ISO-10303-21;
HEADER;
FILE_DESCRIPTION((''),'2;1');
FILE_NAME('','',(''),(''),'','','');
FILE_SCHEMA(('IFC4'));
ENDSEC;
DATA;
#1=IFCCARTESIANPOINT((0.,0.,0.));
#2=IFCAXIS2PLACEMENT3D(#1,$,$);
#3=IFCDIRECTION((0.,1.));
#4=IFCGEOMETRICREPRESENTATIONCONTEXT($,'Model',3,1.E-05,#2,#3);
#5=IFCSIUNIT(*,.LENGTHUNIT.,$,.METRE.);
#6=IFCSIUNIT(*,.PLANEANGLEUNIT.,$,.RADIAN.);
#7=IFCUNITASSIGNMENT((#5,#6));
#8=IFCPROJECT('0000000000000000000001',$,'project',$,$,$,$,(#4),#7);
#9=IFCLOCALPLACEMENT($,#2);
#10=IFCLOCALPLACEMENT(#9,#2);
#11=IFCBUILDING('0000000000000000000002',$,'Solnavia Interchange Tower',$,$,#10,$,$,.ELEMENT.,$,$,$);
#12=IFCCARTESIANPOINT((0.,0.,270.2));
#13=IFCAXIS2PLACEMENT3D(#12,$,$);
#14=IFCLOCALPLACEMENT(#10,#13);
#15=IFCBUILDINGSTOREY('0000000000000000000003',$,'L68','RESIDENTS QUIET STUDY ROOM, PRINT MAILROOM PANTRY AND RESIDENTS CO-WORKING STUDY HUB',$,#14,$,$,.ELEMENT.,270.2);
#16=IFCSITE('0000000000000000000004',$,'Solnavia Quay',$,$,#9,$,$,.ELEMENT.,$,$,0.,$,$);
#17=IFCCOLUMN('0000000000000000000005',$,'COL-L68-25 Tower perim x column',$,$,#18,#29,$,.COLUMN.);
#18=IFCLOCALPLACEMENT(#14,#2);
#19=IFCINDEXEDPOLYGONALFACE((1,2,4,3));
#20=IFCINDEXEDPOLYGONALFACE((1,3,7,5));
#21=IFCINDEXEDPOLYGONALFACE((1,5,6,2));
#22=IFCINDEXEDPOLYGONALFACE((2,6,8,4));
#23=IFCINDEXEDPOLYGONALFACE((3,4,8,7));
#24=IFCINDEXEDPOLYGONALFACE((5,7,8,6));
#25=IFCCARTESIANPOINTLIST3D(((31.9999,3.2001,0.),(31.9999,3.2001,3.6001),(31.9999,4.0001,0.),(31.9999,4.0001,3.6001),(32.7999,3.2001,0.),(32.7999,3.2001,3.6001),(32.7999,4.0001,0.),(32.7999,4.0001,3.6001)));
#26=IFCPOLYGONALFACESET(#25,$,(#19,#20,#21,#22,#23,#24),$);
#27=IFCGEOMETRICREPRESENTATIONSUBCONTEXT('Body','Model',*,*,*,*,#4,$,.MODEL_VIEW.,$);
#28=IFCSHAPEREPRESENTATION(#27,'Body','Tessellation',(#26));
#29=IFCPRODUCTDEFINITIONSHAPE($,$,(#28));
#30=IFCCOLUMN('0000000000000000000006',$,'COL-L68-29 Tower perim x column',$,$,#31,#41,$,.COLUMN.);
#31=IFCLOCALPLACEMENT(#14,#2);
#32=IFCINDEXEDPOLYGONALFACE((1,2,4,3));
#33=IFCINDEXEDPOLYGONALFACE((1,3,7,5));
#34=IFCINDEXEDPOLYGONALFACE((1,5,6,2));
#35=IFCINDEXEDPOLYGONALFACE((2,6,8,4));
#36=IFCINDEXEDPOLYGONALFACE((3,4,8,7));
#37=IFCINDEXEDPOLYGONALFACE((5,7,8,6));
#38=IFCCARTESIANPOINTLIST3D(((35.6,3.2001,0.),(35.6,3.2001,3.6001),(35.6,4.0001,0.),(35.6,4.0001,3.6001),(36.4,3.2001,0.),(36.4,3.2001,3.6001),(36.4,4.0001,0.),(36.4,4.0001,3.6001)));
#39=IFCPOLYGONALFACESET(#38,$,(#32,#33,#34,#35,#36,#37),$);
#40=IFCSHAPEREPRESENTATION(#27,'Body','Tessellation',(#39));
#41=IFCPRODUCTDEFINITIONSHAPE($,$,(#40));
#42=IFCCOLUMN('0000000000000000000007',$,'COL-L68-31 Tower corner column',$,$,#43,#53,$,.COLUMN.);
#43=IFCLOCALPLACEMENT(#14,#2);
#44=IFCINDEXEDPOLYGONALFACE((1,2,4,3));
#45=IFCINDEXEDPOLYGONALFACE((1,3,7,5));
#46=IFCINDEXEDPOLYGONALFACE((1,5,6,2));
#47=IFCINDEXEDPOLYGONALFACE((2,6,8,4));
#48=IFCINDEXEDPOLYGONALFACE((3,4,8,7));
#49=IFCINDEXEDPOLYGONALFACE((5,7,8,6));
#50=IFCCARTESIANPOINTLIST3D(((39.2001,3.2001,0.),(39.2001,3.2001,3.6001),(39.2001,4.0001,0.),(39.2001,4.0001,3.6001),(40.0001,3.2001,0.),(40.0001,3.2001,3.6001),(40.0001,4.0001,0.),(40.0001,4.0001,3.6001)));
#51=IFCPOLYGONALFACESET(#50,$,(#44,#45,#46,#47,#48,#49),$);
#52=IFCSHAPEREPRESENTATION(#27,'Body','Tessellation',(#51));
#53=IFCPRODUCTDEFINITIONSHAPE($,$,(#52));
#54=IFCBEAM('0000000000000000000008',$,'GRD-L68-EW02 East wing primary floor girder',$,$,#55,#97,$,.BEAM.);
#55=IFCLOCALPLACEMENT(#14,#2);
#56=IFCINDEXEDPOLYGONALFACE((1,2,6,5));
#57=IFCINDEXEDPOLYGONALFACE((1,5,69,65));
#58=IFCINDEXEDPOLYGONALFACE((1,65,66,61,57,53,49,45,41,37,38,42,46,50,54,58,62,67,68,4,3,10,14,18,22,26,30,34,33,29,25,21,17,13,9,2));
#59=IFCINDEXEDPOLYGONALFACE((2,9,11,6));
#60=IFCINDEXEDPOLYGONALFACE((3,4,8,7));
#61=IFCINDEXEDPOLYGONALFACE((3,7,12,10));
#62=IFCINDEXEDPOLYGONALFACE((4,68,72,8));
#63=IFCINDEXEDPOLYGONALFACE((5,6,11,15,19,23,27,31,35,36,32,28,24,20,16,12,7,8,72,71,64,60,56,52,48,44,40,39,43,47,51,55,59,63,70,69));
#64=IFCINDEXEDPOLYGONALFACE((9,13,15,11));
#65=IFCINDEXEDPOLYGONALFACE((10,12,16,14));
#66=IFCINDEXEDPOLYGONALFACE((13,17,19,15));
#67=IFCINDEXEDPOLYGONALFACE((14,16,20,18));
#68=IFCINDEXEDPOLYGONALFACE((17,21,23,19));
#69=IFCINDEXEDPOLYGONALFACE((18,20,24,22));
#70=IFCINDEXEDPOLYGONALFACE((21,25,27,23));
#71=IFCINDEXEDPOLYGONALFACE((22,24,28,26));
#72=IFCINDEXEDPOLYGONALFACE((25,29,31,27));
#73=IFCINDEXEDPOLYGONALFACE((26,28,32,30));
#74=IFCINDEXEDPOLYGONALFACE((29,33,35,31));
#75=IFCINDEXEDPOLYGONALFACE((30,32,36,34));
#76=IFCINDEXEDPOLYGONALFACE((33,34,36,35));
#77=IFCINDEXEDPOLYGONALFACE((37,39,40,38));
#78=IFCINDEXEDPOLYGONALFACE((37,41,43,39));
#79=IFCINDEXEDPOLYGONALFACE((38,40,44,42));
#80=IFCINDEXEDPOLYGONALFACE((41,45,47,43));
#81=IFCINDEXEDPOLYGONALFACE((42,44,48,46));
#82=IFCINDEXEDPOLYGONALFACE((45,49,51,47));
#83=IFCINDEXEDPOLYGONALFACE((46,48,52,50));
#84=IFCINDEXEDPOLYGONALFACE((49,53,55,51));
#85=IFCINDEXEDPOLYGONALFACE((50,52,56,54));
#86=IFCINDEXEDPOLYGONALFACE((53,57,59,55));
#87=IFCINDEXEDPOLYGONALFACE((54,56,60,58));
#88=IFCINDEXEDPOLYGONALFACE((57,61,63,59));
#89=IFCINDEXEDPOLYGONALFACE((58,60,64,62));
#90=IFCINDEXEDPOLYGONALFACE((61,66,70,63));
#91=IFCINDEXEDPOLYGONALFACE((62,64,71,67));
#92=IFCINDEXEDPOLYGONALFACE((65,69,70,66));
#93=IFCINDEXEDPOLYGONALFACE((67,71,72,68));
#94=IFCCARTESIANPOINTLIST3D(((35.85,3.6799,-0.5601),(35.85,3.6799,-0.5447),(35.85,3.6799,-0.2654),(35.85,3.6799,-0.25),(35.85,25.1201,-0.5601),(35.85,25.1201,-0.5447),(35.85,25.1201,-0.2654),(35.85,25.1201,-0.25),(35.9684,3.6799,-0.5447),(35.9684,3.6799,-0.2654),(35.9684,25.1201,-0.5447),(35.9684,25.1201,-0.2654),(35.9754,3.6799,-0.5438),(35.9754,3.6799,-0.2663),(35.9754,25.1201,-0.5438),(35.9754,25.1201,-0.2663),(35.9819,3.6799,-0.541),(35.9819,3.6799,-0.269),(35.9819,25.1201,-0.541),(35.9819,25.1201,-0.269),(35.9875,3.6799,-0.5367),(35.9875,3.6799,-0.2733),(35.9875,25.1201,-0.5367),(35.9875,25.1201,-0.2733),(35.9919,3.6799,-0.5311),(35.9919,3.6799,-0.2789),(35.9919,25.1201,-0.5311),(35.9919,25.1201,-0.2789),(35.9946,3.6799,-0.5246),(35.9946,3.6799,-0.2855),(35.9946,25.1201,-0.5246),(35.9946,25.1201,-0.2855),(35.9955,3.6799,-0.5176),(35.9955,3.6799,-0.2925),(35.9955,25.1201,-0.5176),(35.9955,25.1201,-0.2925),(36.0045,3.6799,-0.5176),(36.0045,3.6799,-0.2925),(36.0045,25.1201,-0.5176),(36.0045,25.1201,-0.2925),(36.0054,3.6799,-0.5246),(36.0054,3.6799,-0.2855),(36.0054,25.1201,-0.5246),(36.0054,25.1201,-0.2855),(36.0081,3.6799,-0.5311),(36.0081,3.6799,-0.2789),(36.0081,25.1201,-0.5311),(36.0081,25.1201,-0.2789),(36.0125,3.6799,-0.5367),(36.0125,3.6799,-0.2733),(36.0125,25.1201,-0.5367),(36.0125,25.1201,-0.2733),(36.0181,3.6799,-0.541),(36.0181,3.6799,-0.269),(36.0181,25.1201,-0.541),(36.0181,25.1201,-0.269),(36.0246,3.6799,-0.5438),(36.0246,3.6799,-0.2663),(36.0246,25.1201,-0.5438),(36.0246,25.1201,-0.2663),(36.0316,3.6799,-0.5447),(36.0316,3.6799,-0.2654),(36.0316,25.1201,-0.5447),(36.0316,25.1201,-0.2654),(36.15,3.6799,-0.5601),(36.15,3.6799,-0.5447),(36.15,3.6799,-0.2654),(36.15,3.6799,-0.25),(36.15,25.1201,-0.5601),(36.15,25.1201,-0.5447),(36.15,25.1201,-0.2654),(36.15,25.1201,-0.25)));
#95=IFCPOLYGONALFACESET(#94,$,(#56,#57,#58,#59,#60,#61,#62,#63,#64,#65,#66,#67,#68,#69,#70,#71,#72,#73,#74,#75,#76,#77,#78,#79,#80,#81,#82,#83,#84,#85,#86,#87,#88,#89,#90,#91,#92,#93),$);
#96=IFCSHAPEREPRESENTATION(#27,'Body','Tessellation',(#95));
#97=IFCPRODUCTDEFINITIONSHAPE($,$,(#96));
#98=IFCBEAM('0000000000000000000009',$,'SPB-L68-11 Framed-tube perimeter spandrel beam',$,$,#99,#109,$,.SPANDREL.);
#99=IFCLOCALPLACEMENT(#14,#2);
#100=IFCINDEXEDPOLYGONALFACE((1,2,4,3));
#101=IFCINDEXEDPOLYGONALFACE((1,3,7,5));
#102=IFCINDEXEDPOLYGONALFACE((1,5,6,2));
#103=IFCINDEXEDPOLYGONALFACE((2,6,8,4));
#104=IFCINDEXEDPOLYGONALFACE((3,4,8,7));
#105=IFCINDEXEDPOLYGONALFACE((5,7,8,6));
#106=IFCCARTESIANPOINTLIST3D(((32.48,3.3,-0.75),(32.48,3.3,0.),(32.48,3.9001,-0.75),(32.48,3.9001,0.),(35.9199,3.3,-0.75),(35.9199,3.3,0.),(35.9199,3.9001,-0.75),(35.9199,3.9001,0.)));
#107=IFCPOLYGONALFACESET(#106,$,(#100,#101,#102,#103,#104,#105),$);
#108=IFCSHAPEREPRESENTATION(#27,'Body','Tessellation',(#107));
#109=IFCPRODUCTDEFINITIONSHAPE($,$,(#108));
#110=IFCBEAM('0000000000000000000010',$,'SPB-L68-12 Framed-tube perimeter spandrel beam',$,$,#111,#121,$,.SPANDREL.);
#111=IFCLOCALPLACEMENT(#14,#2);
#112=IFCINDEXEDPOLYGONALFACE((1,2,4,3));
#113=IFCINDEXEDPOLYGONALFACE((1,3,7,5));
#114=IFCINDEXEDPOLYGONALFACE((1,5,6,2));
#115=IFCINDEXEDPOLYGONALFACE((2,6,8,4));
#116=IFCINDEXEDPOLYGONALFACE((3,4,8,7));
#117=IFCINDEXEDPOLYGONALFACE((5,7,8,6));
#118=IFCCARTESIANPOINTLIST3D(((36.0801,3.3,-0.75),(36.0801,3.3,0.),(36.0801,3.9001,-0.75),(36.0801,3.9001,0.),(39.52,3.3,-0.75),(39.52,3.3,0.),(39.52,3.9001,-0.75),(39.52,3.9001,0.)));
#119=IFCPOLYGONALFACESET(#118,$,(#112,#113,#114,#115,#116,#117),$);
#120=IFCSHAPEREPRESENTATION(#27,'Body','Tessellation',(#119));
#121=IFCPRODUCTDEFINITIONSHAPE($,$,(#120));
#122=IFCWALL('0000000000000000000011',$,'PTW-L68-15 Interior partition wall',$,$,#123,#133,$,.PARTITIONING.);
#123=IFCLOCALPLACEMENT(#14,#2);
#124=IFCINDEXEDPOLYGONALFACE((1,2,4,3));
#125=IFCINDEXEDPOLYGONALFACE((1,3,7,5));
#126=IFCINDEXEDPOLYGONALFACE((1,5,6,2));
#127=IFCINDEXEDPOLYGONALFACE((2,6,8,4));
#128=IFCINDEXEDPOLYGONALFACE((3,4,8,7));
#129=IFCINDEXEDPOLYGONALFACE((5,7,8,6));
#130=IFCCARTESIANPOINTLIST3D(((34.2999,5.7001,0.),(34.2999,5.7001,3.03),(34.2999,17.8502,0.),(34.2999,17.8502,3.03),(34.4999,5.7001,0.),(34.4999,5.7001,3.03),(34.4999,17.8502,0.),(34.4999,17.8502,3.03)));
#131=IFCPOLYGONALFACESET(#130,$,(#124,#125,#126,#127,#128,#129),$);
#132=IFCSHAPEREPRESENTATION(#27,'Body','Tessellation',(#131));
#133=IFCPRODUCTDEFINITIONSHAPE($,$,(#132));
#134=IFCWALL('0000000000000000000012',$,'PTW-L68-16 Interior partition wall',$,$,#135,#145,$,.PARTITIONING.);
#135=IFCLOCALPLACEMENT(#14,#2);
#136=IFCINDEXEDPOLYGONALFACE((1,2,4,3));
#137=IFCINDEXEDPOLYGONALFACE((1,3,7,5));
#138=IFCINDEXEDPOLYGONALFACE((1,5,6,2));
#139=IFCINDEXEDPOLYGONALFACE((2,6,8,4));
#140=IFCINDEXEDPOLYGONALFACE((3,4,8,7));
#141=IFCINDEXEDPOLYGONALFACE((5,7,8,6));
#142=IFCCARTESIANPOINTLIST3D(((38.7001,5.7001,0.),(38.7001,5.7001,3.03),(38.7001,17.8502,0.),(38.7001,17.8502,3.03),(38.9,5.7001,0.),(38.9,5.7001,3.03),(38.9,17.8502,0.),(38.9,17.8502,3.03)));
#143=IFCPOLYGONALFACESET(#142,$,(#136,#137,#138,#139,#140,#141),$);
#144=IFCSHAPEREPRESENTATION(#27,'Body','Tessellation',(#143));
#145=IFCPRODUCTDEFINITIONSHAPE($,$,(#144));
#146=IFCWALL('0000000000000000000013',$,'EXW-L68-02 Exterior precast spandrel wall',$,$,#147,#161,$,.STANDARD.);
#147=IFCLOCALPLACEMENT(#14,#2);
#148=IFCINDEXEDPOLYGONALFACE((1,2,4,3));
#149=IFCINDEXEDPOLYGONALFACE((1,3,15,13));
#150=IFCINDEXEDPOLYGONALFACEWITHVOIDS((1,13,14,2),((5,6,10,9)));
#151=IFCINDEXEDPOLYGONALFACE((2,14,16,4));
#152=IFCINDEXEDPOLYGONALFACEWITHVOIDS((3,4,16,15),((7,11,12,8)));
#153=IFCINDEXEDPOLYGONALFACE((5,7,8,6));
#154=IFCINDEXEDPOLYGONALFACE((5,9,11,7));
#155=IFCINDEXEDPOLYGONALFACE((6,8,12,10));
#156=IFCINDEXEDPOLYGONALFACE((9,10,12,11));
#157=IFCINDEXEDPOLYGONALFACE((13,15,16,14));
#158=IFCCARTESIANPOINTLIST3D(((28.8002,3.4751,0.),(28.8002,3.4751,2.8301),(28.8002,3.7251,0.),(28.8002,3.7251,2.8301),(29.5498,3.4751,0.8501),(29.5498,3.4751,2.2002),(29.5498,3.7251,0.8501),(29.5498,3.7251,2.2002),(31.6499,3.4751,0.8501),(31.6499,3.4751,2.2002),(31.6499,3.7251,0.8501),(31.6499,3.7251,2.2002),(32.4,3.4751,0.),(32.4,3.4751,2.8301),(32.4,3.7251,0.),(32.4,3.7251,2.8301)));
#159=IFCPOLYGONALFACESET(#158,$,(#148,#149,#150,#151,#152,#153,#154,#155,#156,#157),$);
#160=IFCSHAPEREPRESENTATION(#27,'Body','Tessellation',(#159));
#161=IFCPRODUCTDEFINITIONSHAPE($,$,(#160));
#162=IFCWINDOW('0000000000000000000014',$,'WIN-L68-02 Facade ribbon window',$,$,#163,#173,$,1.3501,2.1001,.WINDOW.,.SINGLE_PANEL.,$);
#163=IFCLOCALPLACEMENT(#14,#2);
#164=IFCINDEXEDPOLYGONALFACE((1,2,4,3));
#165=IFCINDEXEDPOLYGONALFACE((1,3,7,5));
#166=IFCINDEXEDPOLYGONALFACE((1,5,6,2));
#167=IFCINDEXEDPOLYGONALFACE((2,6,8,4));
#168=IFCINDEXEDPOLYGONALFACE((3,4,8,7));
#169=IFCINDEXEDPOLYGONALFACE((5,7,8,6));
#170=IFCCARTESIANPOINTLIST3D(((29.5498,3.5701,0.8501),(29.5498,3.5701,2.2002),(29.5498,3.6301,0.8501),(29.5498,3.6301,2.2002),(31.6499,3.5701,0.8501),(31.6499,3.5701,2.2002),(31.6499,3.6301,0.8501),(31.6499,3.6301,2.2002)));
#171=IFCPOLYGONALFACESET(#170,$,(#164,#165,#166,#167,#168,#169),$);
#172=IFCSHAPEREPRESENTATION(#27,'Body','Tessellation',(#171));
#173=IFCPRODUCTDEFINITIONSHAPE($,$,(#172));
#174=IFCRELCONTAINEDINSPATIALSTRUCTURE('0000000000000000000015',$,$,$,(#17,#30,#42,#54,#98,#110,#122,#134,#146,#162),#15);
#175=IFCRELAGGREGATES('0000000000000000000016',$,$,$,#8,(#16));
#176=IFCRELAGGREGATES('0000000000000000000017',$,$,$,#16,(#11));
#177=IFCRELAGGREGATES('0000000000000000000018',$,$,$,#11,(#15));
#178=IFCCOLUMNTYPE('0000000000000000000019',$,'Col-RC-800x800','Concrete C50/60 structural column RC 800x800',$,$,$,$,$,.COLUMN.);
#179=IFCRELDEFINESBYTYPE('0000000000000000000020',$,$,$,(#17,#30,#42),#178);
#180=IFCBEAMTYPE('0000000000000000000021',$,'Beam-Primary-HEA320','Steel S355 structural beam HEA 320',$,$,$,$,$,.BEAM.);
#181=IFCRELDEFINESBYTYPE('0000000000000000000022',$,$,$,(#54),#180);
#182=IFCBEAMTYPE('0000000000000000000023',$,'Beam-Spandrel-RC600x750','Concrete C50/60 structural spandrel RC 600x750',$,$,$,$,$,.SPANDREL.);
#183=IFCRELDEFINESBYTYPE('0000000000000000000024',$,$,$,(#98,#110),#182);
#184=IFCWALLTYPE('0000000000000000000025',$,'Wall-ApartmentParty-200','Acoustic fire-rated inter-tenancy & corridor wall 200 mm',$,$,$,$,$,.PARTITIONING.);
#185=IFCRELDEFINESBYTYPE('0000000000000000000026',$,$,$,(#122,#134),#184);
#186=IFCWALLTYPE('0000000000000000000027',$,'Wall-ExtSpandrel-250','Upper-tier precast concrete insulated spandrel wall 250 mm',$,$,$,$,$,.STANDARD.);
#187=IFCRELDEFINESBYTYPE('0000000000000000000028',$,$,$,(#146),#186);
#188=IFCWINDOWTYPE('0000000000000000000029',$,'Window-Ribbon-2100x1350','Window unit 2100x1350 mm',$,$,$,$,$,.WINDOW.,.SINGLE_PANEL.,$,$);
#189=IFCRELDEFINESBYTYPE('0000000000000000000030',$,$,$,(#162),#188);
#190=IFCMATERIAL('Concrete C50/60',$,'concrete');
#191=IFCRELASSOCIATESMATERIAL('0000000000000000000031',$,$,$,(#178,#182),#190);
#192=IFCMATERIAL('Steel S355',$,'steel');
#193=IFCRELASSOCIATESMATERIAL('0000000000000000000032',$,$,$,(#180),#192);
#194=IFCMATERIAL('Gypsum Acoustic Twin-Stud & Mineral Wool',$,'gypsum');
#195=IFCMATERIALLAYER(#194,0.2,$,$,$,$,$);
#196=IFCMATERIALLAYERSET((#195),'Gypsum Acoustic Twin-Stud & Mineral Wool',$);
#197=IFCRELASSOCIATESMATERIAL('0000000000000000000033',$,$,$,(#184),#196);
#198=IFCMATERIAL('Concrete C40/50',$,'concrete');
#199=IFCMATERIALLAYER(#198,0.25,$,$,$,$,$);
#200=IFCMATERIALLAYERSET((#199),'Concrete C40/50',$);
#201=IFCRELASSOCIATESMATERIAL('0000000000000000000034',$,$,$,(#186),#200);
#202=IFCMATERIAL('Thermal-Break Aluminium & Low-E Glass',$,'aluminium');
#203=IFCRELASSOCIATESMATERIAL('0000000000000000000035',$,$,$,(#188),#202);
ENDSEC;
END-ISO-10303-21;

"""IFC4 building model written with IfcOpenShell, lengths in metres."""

from ifc_helpers import new_model, si_unit, direction, frame, frame_2d, origin, origin_2d, place, context, subcontext, project, spatial, rectangle, i_section, extrude, material, layer, layer_set, material_profile, profile_set, type_object, element, fill, save


model = new_model("IFC4")

# Units and contexts
model_context = context("Model", 3, precision=1e-05, world=origin(), true_north=direction((0.0, 1.0)))
body_context = subcontext(model_context, "Body", "Model", "MODEL_VIEW")
ifc_project = project(units=[si_unit("LENGTHUNIT", "METRE"), si_unit("PLANEANGLEUNIT", "RADIAN")], contexts=[model_context])

# Site, building, storey
site_placement = place(None, origin())
site = spatial("IfcSite", under=ifc_project, at=site_placement, Name="Solnavia Quay", CompositionType="ELEMENT", RefElevation=0.0)
building_placement = place(site_placement, origin())
building = spatial("IfcBuilding", under=site, at=building_placement, Name="Solnavia Interchange Tower", CompositionType="ELEMENT")
storey_placement = place(building_placement, frame((0.0, 0.0, 270.2)))
storey = spatial("IfcBuildingStorey", under=building, at=storey_placement, Name="L68", Description="RESIDENTS QUIET STUDY ROOM, PRINT MAILROOM PANTRY AND RESIDENTS CO-WORKING STUDY HUB", CompositionType="ELEMENT", Elevation=270.2)

# Columns
ifc_material_1 = material(Name="Concrete C50/60", Category="concrete")
ifc_material_profile_1 = material_profile(ifc_material_1, rectangle(XDim=0.8, YDim=0.8, at=origin_2d()), Name="RC 800x800")
ifc_profile_set_1 = profile_set([ifc_material_profile_1], Name="Concrete C50/60")
column_type = type_object("IfcColumnType", Name="Col-RC-800x800", Description="Concrete C50/60 structural column RC 800x800", PredefinedType="COLUMN", material=ifc_profile_set_1)
for number, where, z_axis, x_axis, name in (
    (1, (32.3999, 3.6001, 0.0), (0.0, 0.0, 1.0), (1.0, 0.0, 0.0), "COL-L68-25 Tower perim x column"),
    (2, (36.0, 3.6001, 0.0), (0.0, 0.0, 1.0), (1.0, 0.0, 0.0), "COL-L68-29 Tower perim x column"),
    (3, (39.6001, 3.6001, 0.0), (0.0, 0.0, 1.0), (1.0, 0.0, 0.0), "COL-L68-31 Tower corner column"),
):
    element("IfcColumn", number, at=place(storey_placement, frame(where, z_axis=z_axis, x_axis=x_axis)), inside=storey, type_object=column_type, Name=name, PredefinedType="COLUMN", context=body_context, shape_type="SweptSolid", body=[
        extrude(rectangle(XDim=0.8, YDim=0.8, at=origin_2d()), origin(), (0.0, 0.0, 1.0), 3.6001),
    ])

# Beams
ifc_material_2 = material(Name="Steel S355", Category="steel")
ifc_material_profile_2 = material_profile(ifc_material_2, i_section(OverallWidth=0.3, OverallDepth=0.3101, WebThickness=0.009, FlangeThickness=0.0154, FilletRadius=0.0271, at=origin_2d()), Name="HEA 320")
ifc_profile_set_2 = profile_set([ifc_material_profile_2], Name="Steel S355")
beam_type_1 = type_object("IfcBeamType", Name="Beam-Primary-HEA320", Description="Steel S355 structural beam HEA 320", PredefinedType="BEAM", material=ifc_profile_set_2)
beam_placement = place(storey_placement, frame((36.0, 3.6799, -0.405), z_axis=(0.0, 1.0, 0.0), x_axis=(-1.0, 0.0, 0.0)))
element("IfcBeam", 4, at=beam_placement, inside=storey, type_object=beam_type_1, Name="GRD-L68-EW02 East wing primary floor girder", PredefinedType="BEAM", context=body_context, shape_type="SweptSolid", body=[
    extrude(i_section(OverallWidth=0.3, OverallDepth=0.3101, WebThickness=0.009, FlangeThickness=0.0154, FilletRadius=0.0271, at=origin_2d()), origin(), (0.0, 0.0, 1.0), 21.4402),
])
ifc_material_profile_3 = material_profile(ifc_material_1, rectangle(XDim=0.6001, YDim=0.75, at=origin_2d()), Name="RC 600x750")
ifc_profile_set_3 = profile_set([ifc_material_profile_3], Name="Concrete C50/60")
beam_type_2 = type_object("IfcBeamType", Name="Beam-Spandrel-RC600x750", Description="Concrete C50/60 structural spandrel RC 600x750", PredefinedType="SPANDREL", material=ifc_profile_set_3)
for number, where, z_axis, x_axis, name in (
    (5, (32.48, 3.6001, -0.375), (1.0, 0.0, 0.0), (0.0, 1.0, 0.0), "SPB-L68-11 Framed-tube perimeter spandrel beam"),
    (6, (36.0801, 3.6001, -0.375), (1.0, 0.0, 0.0), (0.0, 1.0, 0.0), "SPB-L68-12 Framed-tube perimeter spandrel beam"),
):
    element("IfcBeam", number, at=place(storey_placement, frame(where, z_axis=z_axis, x_axis=x_axis)), inside=storey, type_object=beam_type_2, Name=name, PredefinedType="SPANDREL", context=body_context, shape_type="SweptSolid", body=[
        extrude(rectangle(XDim=0.6001, YDim=0.75, at=origin_2d()), origin(), (0.0, 0.0, 1.0), 3.4399),
    ])

# Walls
ifc_material_3 = material(Name="Gypsum Acoustic Twin-Stud & Mineral Wool", Category="gypsum")
ifc_layer_1 = layer(ifc_material_3, 0.2)
ifc_layer_set_1 = layer_set([ifc_layer_1], Name="Gypsum Acoustic Twin-Stud & Mineral Wool")
wall_type_1 = type_object("IfcWallType", Name="Wall-ApartmentParty-200", Description="Acoustic fire-rated inter-tenancy & corridor wall 200 mm", PredefinedType="PARTITIONING", material=ifc_layer_set_1)
for number, where, z_axis, x_axis, name in (
    (7, (34.3999, 5.7, 0.0), (0.0, 0.0, 1.0), (0.0, 1.0, 0.0), "PTW-L68-15 Interior partition wall"),
    (8, (38.8, 5.7, 0.0), (0.0, 0.0, 1.0), (0.0, 1.0, 0.0), "PTW-L68-16 Interior partition wall"),
):
    element("IfcWall", number, at=place(storey_placement, frame(where, z_axis=z_axis, x_axis=x_axis)), inside=storey, type_object=wall_type_1, Name=name, PredefinedType="PARTITIONING", context=body_context, shape_type="SweptSolid", body=[
        extrude(rectangle(XDim=12.1501, YDim=0.2, at=frame_2d((6.0752, 0.0))), origin(), (0.0, 0.0, 1.0), 3.03),
    ])

# Wall, opening, window
ifc_material_4 = material(Name="Concrete C40/50", Category="concrete")
ifc_layer_2 = layer(ifc_material_4, 0.25)
ifc_layer_set_2 = layer_set([ifc_layer_2], Name="Concrete C40/50")
wall_type_2 = type_object("IfcWallType", Name="Wall-ExtSpandrel-250", Description="Upper-tier precast concrete insulated spandrel wall 250 mm", PredefinedType="STANDARD", material=ifc_layer_set_2)
wall_1_placement = place(storey_placement, frame((32.3999, 3.6001, 0.0), z_axis=(0.0, 0.0, 1.0), x_axis=(-1.0, 0.0, 0.0)))
wall_1 = element("IfcWall", 9, at=wall_1_placement, inside=storey, type_object=wall_type_2, Name="EXW-L68-02 Exterior precast spandrel wall", PredefinedType="STANDARD", context=body_context, shape_type="SweptSolid", body=[
    extrude(rectangle(XDim=3.5999, YDim=0.25, at=frame_2d((1.7998, 0.0))), origin(), (0.0, 0.0, 1.0), 2.8301),
])
opening_1_placement = place(wall_1_placement, frame((0.75, 0.0, 0.8501)))
opening_1 = element("IfcOpeningElement", 10, at=opening_1_placement, cuts=wall_1, PredefinedType="OPENING", context=body_context, shape_type="SweptSolid", body=[
    extrude(rectangle(XDim=2.1001, YDim=1.3501, at=frame_2d((1.05, 0.675))), frame((0.0, 0.135, 0.0), z_axis=(0.0, -1.0, 0.0), x_axis=(1.0, 0.0, 0.0)), (0.0, 0.0, 1.0), 0.27),
])
ifc_material_5 = material(Name="Thermal-Break Aluminium & Low-E Glass", Category="aluminium")
window_type = type_object("IfcWindowType", Name="Window-Ribbon-2100x1350", Description="Window unit 2100x1350 mm", PartitioningType="SINGLE_PANEL", PredefinedType="WINDOW", material=ifc_material_5)
window_1_placement = place(opening_1_placement, origin())
window_1 = element("IfcWindow", 11, at=window_1_placement, inside=storey, type_object=window_type, Name="WIN-L68-02 Facade ribbon window", OverallHeight=1.3501, OverallWidth=2.1001, PartitioningType="SINGLE_PANEL", PredefinedType="WINDOW", context=body_context, shape_type="SweptSolid", body=[
    extrude(rectangle(XDim=2.1001, YDim=1.3501, at=frame_2d((1.05, 0.675))), frame((0.0, 0.03, 0.0), z_axis=(0.0, -1.0, 0.0), x_axis=(1.0, 0.0, 0.0)), (0.0, 0.0, 1.0), 0.0601),
])
fill(opening_1, window_1)

save(model, "model.ifc")
